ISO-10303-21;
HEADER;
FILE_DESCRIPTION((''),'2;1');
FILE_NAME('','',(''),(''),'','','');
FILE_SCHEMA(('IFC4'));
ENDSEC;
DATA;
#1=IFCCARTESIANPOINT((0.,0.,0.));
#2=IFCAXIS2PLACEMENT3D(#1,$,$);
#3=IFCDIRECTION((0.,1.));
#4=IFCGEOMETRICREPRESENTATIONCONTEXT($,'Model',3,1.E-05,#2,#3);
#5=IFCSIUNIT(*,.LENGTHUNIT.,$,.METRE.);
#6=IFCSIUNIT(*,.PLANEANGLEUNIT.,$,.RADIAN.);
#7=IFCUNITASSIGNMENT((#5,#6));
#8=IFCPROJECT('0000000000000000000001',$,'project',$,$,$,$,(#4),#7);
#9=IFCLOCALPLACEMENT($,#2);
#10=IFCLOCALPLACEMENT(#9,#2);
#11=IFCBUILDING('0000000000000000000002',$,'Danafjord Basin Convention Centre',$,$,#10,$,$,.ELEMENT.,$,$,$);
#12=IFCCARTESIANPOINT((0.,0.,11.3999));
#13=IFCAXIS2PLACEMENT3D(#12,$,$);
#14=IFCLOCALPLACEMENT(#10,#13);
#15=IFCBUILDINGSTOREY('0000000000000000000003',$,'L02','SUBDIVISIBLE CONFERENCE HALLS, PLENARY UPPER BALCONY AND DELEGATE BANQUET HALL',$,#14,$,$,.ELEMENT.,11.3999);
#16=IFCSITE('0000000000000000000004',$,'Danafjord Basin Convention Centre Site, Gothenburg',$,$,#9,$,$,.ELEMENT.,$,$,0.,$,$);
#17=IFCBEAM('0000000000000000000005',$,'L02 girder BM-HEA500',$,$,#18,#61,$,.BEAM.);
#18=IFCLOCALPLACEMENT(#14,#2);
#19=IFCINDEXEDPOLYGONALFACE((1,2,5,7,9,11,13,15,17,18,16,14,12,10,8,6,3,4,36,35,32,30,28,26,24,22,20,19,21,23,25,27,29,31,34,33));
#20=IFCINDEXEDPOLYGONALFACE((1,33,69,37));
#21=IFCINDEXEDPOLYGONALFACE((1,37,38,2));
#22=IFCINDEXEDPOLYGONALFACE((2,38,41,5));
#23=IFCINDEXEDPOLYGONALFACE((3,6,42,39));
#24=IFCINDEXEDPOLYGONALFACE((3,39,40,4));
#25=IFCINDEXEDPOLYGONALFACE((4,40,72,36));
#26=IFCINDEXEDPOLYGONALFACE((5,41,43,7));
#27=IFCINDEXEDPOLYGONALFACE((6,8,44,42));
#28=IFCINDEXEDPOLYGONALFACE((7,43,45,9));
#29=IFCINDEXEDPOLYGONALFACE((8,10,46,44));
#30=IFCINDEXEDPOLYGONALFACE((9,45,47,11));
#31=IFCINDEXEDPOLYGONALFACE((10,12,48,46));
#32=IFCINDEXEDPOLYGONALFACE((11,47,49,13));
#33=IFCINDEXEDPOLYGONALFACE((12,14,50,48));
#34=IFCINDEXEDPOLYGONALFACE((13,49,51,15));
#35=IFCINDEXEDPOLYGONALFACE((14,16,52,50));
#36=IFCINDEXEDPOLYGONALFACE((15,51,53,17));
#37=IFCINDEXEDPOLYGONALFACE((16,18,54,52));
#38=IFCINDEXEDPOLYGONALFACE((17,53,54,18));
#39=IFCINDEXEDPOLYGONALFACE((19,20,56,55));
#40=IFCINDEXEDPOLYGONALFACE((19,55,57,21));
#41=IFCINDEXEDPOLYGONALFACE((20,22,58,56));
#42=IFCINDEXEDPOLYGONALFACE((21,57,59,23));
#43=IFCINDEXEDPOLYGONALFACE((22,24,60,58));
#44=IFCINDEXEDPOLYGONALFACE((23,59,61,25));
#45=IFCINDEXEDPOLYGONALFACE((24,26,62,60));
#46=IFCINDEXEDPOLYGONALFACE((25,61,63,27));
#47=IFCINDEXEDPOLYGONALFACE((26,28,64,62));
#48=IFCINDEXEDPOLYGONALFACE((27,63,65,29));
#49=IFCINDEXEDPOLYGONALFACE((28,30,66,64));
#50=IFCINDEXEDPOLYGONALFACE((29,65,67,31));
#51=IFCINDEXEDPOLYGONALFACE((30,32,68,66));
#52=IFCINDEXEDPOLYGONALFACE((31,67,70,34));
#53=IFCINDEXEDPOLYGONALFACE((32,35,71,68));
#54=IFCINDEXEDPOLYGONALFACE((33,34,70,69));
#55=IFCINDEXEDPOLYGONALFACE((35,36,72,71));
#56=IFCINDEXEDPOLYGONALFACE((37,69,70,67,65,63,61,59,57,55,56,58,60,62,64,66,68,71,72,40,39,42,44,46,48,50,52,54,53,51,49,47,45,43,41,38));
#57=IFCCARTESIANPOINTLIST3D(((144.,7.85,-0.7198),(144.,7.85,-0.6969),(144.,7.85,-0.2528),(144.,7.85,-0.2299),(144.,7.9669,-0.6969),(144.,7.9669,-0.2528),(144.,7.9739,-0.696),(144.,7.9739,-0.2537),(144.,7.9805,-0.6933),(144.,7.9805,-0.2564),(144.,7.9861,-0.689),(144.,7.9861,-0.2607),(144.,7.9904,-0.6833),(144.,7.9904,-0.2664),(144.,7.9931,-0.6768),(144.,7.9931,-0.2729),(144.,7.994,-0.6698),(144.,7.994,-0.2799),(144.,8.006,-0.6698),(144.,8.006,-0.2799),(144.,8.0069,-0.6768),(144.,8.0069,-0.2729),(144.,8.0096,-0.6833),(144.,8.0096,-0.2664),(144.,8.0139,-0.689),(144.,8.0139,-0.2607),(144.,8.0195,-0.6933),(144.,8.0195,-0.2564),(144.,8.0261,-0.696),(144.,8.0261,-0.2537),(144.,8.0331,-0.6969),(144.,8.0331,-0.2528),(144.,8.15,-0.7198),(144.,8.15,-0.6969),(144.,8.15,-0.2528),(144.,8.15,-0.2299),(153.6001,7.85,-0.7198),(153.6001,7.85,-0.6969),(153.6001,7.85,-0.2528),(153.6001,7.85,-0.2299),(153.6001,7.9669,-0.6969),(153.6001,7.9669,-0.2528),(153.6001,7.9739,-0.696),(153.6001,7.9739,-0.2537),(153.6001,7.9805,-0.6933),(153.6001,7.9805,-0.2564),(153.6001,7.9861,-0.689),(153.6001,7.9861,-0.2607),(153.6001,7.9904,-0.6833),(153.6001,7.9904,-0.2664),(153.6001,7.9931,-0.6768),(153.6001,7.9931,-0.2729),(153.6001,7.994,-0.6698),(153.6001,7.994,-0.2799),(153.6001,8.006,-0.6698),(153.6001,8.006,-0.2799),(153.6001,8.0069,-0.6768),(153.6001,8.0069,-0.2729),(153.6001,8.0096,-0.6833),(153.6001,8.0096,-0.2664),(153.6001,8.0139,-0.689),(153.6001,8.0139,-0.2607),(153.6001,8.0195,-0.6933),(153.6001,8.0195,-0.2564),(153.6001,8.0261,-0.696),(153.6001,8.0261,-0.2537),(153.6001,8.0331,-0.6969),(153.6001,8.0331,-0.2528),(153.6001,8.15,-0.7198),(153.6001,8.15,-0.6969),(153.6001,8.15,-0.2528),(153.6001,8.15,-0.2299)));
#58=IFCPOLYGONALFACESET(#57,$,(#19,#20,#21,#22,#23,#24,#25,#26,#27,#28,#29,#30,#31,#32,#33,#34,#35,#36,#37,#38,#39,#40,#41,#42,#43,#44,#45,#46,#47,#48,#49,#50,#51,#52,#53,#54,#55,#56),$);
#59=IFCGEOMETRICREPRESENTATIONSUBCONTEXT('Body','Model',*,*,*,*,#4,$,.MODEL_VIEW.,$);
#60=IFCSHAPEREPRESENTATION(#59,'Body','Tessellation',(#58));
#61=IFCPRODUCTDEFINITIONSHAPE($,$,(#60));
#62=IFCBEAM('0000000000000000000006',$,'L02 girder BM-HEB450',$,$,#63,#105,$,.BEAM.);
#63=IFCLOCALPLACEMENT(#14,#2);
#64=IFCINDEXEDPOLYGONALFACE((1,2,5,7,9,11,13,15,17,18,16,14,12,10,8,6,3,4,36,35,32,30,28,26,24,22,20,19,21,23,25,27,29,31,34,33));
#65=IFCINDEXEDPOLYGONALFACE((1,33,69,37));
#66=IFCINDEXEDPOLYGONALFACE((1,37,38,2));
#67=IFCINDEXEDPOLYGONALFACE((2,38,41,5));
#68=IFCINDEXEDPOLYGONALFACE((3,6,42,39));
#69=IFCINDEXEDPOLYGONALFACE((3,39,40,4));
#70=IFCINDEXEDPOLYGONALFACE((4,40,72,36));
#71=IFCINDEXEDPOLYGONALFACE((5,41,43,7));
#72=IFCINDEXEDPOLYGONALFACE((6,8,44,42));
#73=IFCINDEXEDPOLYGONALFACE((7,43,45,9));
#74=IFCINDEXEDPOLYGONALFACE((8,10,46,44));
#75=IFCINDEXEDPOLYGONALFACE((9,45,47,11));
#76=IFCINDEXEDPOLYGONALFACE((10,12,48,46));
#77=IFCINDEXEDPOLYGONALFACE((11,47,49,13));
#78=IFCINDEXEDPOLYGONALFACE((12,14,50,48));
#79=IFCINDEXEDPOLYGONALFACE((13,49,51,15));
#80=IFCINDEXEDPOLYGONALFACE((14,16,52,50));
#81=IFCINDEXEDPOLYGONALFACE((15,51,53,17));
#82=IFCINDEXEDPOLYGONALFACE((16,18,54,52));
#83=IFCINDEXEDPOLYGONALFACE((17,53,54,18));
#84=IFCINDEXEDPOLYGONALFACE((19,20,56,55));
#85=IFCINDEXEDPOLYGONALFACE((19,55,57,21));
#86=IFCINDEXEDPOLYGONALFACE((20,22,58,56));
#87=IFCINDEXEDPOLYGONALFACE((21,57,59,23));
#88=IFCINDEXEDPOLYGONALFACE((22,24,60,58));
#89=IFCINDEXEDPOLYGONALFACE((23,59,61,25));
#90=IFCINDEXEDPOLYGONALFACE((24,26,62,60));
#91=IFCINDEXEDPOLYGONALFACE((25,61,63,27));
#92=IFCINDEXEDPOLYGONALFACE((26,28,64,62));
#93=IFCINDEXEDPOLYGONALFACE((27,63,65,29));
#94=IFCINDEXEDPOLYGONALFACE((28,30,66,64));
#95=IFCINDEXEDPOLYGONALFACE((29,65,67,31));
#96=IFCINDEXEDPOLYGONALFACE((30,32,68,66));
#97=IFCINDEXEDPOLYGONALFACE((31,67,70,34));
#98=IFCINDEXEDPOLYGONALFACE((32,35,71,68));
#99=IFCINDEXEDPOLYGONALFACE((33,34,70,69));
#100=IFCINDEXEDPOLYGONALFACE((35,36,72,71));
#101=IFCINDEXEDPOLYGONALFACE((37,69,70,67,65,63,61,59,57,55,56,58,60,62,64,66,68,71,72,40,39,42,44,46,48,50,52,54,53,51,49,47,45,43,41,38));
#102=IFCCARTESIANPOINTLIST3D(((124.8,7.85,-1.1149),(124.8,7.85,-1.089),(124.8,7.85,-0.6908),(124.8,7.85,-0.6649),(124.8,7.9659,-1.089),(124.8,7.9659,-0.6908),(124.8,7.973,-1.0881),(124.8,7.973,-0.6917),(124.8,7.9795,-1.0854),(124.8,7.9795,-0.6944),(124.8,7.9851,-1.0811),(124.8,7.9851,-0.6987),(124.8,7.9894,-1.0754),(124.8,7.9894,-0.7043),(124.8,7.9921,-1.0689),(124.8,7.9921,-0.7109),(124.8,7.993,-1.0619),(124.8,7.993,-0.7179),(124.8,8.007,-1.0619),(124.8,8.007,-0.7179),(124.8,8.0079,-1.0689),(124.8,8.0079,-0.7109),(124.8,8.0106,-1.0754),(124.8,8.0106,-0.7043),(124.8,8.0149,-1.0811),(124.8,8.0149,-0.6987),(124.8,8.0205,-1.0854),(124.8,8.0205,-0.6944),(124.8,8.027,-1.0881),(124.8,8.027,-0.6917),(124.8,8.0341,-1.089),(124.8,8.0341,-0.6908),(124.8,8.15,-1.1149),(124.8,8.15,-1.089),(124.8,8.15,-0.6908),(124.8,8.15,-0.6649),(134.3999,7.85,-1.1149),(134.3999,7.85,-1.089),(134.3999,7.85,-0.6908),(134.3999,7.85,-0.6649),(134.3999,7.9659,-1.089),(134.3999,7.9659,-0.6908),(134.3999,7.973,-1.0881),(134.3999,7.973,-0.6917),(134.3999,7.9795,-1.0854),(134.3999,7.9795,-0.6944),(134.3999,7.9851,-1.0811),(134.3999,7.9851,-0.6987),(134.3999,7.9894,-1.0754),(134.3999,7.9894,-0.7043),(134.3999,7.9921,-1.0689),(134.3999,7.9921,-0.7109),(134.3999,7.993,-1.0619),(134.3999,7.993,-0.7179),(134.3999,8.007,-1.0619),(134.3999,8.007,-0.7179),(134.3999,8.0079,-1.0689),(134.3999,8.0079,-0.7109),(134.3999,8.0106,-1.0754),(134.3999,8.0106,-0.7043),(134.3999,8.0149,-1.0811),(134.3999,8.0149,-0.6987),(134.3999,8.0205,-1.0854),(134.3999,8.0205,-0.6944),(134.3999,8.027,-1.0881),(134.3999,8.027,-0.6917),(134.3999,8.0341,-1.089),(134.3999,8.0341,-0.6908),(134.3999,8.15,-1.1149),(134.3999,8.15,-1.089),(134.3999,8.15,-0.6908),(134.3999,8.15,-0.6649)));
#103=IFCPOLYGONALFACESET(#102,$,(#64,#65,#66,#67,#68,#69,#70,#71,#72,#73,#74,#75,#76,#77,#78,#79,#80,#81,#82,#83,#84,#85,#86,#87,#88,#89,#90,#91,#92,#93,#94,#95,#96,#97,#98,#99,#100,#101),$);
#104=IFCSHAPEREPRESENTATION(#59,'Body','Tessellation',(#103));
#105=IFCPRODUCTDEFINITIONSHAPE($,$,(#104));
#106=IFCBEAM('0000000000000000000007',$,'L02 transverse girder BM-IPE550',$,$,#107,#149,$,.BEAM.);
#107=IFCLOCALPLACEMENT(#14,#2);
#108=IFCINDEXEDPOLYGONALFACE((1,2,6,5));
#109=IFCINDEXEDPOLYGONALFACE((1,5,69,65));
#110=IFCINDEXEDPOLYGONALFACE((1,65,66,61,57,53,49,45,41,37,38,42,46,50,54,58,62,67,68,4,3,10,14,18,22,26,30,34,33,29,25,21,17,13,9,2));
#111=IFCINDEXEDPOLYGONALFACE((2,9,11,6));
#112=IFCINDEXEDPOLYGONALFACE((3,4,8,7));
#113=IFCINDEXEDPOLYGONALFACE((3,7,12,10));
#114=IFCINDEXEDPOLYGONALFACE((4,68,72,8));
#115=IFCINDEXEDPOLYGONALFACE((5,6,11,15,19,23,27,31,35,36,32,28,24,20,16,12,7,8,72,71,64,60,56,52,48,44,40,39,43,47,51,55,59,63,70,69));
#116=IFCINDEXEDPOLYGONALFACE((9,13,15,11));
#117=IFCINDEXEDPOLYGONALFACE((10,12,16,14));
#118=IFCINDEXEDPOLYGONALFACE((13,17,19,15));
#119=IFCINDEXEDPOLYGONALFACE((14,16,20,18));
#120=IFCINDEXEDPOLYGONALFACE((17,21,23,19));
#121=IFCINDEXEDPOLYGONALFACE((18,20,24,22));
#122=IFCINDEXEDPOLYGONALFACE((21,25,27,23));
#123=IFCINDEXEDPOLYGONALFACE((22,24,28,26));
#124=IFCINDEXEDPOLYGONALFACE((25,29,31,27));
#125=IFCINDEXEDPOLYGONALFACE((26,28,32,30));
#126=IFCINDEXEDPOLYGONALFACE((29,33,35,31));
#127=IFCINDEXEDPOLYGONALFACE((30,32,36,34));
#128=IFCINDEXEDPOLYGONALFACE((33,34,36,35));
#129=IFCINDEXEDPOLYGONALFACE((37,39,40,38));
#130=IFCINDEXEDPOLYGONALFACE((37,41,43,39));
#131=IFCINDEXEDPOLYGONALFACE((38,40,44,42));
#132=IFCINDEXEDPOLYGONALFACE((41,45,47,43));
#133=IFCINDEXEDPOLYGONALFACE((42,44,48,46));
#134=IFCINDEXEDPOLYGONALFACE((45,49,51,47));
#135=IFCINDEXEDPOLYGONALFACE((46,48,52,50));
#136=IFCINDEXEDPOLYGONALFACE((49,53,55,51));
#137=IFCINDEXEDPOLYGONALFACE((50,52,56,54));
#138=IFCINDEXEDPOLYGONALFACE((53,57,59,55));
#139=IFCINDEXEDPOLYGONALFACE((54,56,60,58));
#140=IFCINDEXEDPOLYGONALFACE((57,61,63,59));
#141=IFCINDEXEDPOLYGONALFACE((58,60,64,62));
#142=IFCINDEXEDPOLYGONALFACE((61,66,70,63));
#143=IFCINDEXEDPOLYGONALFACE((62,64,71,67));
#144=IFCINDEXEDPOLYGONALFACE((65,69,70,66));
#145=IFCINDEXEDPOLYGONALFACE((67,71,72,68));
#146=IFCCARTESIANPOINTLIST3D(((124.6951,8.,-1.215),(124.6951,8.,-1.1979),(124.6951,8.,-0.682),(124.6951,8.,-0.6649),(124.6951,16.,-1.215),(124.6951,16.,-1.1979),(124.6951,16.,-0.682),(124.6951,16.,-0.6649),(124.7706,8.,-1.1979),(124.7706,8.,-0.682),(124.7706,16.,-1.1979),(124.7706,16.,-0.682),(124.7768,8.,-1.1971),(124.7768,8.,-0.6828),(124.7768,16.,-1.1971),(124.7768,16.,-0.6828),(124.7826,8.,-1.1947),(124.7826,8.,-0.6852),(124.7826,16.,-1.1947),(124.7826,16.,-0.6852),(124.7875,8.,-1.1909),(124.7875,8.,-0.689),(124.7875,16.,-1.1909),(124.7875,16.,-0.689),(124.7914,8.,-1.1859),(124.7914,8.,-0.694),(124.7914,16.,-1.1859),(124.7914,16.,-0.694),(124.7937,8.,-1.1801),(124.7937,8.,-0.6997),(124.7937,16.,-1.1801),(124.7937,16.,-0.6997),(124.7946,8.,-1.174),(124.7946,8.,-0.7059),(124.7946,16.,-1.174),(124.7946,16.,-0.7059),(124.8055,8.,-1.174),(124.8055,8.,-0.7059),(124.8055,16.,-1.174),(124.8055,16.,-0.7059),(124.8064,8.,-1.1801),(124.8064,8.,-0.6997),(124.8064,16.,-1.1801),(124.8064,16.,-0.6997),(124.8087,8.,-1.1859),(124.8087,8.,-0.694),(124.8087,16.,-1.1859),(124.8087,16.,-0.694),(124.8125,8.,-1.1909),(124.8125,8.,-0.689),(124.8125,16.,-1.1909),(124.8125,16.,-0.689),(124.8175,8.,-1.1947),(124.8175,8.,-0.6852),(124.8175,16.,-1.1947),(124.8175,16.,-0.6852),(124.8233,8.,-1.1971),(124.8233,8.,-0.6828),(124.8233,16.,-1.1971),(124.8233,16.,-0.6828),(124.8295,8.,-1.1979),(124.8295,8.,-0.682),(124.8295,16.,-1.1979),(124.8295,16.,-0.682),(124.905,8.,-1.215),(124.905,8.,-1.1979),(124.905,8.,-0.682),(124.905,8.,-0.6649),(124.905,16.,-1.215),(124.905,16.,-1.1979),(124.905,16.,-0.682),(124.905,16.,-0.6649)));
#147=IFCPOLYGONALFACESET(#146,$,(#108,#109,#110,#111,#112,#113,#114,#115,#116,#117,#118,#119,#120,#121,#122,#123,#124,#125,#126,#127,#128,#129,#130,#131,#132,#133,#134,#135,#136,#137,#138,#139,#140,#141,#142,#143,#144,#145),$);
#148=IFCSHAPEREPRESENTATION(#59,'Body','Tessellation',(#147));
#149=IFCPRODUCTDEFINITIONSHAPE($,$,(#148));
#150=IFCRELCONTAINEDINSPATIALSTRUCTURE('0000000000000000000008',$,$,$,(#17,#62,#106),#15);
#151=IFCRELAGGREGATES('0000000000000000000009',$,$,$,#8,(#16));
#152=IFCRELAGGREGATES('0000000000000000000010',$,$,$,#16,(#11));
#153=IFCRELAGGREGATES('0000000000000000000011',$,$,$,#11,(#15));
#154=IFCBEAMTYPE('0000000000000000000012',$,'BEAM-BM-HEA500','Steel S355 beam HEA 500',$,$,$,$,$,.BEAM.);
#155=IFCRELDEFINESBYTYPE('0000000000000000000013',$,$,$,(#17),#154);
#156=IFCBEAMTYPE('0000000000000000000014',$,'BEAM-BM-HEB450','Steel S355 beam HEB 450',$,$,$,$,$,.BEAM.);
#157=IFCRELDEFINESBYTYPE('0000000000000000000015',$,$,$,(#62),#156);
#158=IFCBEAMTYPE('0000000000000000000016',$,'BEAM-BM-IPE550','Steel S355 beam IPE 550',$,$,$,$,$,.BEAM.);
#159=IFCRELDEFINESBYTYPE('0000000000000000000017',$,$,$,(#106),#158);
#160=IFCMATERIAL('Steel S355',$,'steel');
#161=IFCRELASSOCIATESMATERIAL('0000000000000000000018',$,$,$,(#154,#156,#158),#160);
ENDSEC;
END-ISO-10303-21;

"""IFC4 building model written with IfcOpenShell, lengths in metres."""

from ifc_helpers import new_model, si_unit, direction, frame, origin, origin_2d, place, context, subcontext, project, spatial, i_section, extrude, material, material_profile, profile_set, type_object, element, save


model = new_model("IFC4")

# Units and contexts
model_context = context("Model", 3, precision=1e-05, world=origin(), true_north=direction((0.0, 1.0)))
body_context = subcontext(model_context, "Body", "Model", "MODEL_VIEW")
ifc_project = project(units=[si_unit("LENGTHUNIT", "METRE"), si_unit("PLANEANGLEUNIT", "RADIAN")], contexts=[model_context])

# Site, building, storey
site_placement = place(None, origin())
site = spatial("IfcSite", under=ifc_project, at=site_placement, Name="Danafjord Basin Convention Centre Site, Gothenburg", CompositionType="ELEMENT", RefElevation=0.0)
building_placement = place(site_placement, origin())
building = spatial("IfcBuilding", under=site, at=building_placement, Name="Danafjord Basin Convention Centre", CompositionType="ELEMENT")
storey_placement = place(building_placement, frame((0.0, 0.0, 11.3999)))
storey = spatial("IfcBuildingStorey", under=building, at=storey_placement, Name="L02", Description="SUBDIVISIBLE CONFERENCE HALLS, PLENARY UPPER BALCONY AND DELEGATE BANQUET HALL", CompositionType="ELEMENT", Elevation=11.3999)

# Shared definitions
ifc_material_1 = material(Name="Steel S355", Category="steel")

# Beams
ifc_material_profile_1 = material_profile(ifc_material_1, i_section(OverallWidth=0.3, OverallDepth=0.49, WebThickness=0.012, FlangeThickness=0.0229, FilletRadius=0.0271, at=origin_2d()), Name="HEA 500")
ifc_profile_set_1 = profile_set([ifc_material_profile_1], Name="Steel S355")
beam_type_1 = type_object("IfcBeamType", Name="BEAM-BM-HEA500", Description="Steel S355 beam HEA 500", PredefinedType="BEAM", material=ifc_profile_set_1)
beam_1_placement = place(storey_placement, frame((144.0, 8.0, -0.4749), z_axis=(1.0, 0.0, 0.0), x_axis=(0.0, 1.0, 0.0)))
element("IfcBeam", 1, at=beam_1_placement, inside=storey, type_object=beam_type_1, Name="L02 girder BM-HEA500", PredefinedType="BEAM", context=body_context, shape_type="SweptSolid", body=[
    extrude(i_section(OverallWidth=0.3, OverallDepth=0.49, WebThickness=0.012, FlangeThickness=0.0229, FilletRadius=0.0271, at=origin_2d()), origin(), (0.0, 0.0, 1.0), 9.6001),
])
ifc_material_profile_2 = material_profile(ifc_material_1, i_section(OverallWidth=0.3, OverallDepth=0.45, WebThickness=0.0139, FlangeThickness=0.0259, FilletRadius=0.0271, at=origin_2d()), Name="HEB 450")
ifc_profile_set_2 = profile_set([ifc_material_profile_2], Name="Steel S355")
beam_type_2 = type_object("IfcBeamType", Name="BEAM-BM-HEB450", Description="Steel S355 beam HEB 450", PredefinedType="BEAM", material=ifc_profile_set_2)
beam_2_placement = place(storey_placement, frame((124.8, 8.0, -0.8899), z_axis=(1.0, 0.0, 0.0), x_axis=(0.0, 1.0, 0.0)))
element("IfcBeam", 2, at=beam_2_placement, inside=storey, type_object=beam_type_2, Name="L02 girder BM-HEB450", PredefinedType="BEAM", context=body_context, shape_type="SweptSolid", body=[
    extrude(i_section(OverallWidth=0.3, OverallDepth=0.45, WebThickness=0.0139, FlangeThickness=0.0259, FilletRadius=0.0271, at=origin_2d()), origin(), (0.0, 0.0, 1.0), 9.5999),
])
ifc_material_profile_3 = material_profile(ifc_material_1, i_section(OverallWidth=0.21, OverallDepth=0.55, WebThickness=0.011, FlangeThickness=0.0171, FilletRadius=0.0239, at=origin_2d()), Name="IPE 550")
ifc_profile_set_3 = profile_set([ifc_material_profile_3], Name="Steel S355")
beam_type_3 = type_object("IfcBeamType", Name="BEAM-BM-IPE550", Description="Steel S355 beam IPE 550", PredefinedType="BEAM", material=ifc_profile_set_3)
beam_3_placement = place(storey_placement, frame((124.8, 8.0, -0.9399), z_axis=(0.0, 1.0, 0.0), x_axis=(-1.0, 0.0, 0.0)))
element("IfcBeam", 3, at=beam_3_placement, inside=storey, type_object=beam_type_3, Name="L02 transverse girder BM-IPE550", PredefinedType="BEAM", context=body_context, shape_type="SweptSolid", body=[
    extrude(i_section(OverallWidth=0.21, OverallDepth=0.55, WebThickness=0.011, FlangeThickness=0.0171, FilletRadius=0.0239, at=origin_2d()), origin(), (0.0, 0.0, 1.0), 8.0),
])

save(model, "model.ifc")
